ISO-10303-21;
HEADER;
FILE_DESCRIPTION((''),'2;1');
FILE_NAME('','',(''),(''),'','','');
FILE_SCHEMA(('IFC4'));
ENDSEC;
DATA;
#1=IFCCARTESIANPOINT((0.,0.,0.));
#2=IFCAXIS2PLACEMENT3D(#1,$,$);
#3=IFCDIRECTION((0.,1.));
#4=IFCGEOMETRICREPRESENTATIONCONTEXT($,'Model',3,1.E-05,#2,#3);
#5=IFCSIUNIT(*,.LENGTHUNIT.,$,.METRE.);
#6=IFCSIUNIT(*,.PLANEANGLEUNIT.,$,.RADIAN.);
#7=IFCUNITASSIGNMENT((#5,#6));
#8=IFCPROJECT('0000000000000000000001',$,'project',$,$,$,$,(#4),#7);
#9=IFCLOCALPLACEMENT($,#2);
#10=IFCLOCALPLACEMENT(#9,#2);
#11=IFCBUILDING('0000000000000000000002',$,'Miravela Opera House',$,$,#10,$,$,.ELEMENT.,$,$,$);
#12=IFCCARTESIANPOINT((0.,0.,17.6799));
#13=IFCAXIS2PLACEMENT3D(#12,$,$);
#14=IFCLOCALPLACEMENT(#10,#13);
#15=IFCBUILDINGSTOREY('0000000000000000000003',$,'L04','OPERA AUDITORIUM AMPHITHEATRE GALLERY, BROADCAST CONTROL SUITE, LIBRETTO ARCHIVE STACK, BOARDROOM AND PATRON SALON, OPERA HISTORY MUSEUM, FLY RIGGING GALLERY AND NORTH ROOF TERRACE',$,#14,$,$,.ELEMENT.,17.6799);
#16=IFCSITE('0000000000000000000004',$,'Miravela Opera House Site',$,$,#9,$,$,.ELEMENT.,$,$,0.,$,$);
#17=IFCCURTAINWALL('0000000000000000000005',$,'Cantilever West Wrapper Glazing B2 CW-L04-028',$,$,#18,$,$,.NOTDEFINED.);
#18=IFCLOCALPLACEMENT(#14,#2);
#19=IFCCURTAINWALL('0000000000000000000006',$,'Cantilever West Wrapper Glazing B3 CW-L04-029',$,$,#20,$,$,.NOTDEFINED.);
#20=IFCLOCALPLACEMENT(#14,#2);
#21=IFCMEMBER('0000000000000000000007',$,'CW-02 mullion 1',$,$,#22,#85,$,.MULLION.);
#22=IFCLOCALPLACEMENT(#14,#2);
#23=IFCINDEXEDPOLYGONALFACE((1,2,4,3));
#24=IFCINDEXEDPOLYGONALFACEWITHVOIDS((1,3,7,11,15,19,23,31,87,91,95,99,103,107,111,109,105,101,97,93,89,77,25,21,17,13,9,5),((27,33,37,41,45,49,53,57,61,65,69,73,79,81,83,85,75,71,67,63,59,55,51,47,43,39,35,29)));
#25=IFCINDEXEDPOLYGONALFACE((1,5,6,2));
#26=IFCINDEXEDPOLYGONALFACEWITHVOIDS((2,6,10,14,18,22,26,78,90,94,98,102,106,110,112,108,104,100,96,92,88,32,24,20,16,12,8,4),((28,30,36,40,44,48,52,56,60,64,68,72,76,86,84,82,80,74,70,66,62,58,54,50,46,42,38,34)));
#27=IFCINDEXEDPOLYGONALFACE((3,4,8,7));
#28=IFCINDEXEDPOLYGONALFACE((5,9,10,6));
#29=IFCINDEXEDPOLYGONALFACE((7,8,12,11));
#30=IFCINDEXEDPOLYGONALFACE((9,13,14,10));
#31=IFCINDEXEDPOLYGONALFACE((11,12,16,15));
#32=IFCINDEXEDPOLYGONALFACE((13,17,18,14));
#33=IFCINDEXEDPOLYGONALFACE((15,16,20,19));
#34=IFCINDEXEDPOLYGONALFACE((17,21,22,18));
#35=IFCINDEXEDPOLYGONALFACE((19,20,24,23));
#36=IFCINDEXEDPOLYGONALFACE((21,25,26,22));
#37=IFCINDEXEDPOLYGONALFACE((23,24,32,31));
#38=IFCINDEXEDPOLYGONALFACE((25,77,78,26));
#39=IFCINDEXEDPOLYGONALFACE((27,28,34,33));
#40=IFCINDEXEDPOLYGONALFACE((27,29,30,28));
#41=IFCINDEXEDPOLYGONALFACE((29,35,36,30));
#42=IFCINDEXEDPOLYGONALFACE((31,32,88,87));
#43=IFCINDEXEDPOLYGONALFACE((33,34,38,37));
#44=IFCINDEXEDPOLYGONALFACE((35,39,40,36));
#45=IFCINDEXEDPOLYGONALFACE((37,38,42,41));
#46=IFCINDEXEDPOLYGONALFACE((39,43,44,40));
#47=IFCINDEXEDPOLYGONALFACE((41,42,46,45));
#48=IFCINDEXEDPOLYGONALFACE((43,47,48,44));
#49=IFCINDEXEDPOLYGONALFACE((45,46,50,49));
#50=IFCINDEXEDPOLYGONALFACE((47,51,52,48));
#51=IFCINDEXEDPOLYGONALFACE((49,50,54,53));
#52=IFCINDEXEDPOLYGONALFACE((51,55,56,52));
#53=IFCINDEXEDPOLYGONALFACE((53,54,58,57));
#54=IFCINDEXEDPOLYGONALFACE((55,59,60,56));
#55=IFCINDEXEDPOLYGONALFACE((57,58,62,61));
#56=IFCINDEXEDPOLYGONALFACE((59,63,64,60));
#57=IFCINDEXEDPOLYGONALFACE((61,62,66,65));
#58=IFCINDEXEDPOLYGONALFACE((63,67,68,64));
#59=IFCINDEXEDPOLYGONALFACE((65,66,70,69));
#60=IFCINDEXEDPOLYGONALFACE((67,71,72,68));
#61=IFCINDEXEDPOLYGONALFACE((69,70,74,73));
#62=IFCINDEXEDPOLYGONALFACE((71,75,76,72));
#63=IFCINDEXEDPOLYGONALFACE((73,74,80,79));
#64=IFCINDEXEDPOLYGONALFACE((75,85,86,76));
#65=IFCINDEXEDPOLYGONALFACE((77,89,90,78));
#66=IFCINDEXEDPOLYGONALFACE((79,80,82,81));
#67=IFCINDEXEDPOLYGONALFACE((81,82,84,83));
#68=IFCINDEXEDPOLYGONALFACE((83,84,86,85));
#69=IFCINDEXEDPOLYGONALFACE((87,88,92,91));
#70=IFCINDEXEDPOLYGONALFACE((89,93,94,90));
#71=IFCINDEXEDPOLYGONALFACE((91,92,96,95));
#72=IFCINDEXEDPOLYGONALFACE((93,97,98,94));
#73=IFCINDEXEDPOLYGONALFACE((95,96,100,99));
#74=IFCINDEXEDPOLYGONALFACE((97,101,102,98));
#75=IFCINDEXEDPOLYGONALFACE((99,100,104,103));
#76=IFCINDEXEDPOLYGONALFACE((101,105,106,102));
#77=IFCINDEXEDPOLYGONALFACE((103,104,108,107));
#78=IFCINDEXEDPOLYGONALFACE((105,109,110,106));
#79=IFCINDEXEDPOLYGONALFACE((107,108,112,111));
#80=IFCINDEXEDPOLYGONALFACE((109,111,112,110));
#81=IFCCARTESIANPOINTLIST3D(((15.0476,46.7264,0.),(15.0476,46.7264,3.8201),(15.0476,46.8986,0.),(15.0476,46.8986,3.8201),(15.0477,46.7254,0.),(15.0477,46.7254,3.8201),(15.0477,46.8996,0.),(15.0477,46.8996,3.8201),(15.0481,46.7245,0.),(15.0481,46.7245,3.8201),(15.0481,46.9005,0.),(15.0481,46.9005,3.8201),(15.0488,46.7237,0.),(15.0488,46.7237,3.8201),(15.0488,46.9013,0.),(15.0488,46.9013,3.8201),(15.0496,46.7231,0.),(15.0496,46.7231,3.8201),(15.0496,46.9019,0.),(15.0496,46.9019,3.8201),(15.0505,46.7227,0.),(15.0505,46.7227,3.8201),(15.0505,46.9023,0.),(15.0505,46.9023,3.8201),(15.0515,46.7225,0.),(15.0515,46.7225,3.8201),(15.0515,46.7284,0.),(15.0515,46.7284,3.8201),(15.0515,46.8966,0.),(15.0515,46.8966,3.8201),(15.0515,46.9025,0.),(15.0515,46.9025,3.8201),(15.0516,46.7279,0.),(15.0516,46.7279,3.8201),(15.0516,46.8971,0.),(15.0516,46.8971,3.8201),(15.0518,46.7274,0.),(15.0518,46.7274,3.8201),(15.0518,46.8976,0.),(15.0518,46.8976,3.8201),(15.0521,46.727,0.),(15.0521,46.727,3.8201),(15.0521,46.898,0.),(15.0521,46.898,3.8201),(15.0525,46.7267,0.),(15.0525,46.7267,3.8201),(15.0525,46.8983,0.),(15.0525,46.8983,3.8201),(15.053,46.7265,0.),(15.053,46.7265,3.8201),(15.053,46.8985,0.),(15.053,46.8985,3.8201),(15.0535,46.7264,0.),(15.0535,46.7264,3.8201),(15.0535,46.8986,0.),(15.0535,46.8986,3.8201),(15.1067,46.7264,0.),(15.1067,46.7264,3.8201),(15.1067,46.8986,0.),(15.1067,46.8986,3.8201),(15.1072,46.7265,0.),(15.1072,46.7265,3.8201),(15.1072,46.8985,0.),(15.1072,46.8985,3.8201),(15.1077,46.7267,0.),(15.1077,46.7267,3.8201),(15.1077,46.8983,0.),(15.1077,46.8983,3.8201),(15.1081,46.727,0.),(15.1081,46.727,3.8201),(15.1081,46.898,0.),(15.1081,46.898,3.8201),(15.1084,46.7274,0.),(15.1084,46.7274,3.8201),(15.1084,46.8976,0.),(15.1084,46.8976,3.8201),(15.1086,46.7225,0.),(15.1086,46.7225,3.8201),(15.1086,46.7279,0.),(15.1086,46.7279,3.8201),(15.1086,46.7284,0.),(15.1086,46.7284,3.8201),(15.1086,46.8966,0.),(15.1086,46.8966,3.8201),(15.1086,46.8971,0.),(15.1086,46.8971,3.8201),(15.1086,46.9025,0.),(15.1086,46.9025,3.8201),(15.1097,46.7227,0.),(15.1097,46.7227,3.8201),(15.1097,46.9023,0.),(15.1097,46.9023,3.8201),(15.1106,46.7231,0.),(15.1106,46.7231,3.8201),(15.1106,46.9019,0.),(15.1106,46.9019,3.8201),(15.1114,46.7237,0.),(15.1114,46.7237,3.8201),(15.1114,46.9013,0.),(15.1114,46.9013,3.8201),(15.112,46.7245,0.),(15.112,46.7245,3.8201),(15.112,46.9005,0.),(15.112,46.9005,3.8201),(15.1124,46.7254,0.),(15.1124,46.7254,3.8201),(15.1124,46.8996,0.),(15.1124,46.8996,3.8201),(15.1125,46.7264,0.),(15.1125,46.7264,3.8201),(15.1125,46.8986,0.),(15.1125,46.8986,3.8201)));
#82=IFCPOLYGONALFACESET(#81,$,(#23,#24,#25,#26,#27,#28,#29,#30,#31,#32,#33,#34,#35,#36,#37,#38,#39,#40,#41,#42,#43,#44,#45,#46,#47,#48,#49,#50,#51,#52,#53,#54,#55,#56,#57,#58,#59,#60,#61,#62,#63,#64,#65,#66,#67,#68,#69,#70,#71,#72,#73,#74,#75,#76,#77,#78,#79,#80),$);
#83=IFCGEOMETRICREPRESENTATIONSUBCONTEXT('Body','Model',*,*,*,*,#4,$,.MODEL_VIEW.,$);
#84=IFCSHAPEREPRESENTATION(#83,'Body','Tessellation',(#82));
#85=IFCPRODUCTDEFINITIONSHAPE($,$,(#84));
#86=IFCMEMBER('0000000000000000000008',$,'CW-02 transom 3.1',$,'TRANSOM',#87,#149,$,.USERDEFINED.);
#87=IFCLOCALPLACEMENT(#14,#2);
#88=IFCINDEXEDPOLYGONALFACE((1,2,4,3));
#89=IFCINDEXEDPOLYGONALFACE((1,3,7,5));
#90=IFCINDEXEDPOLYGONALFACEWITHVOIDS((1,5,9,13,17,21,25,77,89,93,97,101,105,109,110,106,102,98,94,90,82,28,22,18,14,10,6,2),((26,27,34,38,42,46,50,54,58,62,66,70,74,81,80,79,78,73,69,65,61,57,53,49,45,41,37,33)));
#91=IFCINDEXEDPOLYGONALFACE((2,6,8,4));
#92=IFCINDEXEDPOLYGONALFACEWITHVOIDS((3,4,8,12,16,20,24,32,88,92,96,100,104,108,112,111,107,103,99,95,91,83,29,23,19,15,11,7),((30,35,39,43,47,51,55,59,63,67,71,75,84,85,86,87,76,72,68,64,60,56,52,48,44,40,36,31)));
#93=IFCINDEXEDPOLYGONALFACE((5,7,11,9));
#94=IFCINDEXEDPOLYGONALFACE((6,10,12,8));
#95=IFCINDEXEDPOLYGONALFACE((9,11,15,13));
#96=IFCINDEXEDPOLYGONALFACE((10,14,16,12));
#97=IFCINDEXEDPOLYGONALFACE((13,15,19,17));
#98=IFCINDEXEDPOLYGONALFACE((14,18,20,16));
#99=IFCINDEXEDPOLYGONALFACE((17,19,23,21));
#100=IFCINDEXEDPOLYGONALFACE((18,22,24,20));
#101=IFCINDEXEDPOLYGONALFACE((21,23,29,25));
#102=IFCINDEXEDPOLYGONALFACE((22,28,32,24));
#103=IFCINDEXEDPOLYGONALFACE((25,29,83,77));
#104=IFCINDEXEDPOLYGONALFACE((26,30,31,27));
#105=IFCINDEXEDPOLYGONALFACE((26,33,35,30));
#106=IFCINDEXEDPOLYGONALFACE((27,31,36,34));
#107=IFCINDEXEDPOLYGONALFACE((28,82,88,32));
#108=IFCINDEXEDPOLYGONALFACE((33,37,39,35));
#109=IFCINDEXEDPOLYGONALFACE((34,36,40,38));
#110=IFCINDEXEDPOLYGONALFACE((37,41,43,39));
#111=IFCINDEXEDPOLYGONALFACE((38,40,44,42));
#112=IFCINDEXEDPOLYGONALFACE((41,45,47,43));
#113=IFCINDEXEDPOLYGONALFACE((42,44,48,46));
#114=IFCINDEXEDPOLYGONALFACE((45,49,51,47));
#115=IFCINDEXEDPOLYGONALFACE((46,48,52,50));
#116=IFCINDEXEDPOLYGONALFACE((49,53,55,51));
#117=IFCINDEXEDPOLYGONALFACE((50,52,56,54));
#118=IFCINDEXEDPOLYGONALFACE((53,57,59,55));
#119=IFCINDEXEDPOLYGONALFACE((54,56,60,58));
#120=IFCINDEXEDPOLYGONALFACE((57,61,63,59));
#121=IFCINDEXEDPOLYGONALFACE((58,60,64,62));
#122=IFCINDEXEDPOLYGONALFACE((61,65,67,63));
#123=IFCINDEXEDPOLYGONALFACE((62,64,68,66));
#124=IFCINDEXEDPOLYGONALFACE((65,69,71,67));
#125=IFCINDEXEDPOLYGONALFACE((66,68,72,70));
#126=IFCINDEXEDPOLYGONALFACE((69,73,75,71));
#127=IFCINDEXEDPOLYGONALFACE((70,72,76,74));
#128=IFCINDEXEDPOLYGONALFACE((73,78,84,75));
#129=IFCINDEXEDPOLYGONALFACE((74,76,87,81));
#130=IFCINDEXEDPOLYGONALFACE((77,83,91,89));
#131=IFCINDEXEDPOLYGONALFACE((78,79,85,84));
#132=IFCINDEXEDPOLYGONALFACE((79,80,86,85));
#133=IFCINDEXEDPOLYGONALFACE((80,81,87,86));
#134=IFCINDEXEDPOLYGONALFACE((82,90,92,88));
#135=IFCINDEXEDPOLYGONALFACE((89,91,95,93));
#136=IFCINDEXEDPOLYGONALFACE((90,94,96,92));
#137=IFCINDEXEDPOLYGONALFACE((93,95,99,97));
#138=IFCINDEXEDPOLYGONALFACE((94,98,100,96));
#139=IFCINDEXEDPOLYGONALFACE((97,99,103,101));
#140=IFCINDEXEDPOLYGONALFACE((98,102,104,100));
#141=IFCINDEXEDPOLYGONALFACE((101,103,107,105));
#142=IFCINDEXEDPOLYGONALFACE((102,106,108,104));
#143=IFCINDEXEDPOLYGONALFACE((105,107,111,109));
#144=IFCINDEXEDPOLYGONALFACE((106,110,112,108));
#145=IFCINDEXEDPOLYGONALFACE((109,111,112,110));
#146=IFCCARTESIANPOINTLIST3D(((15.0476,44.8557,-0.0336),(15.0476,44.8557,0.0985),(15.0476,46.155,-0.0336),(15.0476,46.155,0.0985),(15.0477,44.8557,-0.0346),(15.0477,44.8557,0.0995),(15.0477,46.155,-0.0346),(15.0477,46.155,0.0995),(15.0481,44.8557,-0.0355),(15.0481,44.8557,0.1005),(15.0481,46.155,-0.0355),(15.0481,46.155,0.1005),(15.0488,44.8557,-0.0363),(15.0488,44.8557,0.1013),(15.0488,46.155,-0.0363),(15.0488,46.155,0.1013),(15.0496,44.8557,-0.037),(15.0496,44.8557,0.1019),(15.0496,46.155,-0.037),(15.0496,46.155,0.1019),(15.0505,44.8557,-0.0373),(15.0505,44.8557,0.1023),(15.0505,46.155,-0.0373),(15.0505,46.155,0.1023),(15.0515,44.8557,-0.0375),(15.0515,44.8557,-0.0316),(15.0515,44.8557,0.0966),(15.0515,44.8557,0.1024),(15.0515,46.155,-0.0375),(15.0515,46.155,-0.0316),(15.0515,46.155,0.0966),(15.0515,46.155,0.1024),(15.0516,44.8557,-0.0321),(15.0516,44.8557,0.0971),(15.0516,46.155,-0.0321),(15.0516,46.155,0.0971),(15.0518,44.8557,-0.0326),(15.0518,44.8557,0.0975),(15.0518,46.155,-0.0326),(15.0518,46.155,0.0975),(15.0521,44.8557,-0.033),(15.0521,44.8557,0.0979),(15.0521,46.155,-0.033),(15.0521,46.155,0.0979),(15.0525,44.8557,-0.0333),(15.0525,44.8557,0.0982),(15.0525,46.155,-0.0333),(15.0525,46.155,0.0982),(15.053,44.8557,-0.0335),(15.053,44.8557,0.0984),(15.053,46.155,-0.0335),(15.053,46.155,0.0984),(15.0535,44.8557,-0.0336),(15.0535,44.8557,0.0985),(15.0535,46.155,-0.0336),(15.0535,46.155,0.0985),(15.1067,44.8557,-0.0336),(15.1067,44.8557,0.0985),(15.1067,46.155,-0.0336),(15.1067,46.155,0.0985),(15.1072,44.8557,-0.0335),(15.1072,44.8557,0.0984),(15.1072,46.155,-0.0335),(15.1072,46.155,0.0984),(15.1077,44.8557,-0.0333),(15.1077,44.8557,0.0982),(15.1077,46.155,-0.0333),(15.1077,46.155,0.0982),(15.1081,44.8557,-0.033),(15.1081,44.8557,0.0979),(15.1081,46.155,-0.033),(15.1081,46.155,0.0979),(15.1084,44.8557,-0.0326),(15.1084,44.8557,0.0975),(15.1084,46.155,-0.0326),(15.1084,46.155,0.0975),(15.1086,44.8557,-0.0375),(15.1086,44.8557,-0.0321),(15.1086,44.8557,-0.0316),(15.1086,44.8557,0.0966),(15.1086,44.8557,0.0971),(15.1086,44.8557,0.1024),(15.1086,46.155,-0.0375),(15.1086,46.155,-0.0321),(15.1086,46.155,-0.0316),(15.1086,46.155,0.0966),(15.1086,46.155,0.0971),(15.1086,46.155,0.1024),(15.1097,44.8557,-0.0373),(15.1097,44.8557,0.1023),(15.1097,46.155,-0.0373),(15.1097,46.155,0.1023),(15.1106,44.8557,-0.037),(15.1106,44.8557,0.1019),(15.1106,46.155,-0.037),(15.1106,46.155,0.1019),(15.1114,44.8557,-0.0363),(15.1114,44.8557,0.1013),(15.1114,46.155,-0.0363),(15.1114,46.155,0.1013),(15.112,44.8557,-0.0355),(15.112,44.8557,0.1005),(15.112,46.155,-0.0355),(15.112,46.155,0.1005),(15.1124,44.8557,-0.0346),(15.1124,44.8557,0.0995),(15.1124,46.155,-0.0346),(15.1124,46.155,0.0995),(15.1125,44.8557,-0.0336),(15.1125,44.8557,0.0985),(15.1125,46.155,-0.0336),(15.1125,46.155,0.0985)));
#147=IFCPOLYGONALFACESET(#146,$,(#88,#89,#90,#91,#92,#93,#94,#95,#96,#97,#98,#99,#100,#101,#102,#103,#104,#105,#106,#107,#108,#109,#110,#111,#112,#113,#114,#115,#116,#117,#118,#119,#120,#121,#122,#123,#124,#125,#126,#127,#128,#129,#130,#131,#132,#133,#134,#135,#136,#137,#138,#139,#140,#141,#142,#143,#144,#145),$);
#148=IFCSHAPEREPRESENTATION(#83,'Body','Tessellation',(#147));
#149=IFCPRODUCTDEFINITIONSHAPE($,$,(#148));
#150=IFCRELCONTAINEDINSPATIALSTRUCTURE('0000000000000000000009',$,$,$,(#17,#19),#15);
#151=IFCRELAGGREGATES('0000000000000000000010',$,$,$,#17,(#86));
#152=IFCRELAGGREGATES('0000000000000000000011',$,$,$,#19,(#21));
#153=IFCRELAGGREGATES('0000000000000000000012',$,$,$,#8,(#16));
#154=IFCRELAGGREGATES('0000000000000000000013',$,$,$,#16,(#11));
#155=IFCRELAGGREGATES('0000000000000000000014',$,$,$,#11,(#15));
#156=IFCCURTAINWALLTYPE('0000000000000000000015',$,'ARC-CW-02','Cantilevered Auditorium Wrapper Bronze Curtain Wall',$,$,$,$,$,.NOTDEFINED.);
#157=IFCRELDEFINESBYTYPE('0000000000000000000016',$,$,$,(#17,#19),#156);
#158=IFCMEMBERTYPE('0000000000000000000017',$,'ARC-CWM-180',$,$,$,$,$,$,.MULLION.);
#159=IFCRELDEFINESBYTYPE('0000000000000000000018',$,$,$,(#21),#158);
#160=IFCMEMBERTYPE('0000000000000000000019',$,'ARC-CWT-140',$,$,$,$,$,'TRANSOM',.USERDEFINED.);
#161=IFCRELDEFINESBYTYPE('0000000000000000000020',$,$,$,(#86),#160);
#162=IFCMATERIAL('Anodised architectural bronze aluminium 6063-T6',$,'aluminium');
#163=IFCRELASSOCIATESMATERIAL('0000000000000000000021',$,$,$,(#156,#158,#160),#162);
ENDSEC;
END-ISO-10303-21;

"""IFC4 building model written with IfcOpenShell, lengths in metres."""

from ifc_helpers import new_model, si_unit, direction, frame, origin, origin_2d, place, context, subcontext, project, spatial, hollow_rectangle, extrude, material, material_profile, profile_set, type_object, element, aggregate, save


model = new_model("IFC4")

# Units and contexts
model_context = context("Model", 3, precision=1e-05, world=origin(), true_north=direction((0.0, 1.0)))
body_context = subcontext(model_context, "Body", "Model", "MODEL_VIEW")
ifc_project = project(units=[si_unit("LENGTHUNIT", "METRE"), si_unit("PLANEANGLEUNIT", "RADIAN")], contexts=[model_context])

# Site, building, storey
site_placement = place(None, origin())
site = spatial("IfcSite", under=ifc_project, at=site_placement, Name="Miravela Opera House Site", CompositionType="ELEMENT", RefElevation=0.0)
building_placement = place(site_placement, origin())
building = spatial("IfcBuilding", under=site, at=building_placement, Name="Miravela Opera House", CompositionType="ELEMENT")
storey_placement = place(building_placement, frame((0.0, 0.0, 17.6799)))
storey = spatial("IfcBuildingStorey", under=building, at=storey_placement, Name="L04", Description="OPERA AUDITORIUM AMPHITHEATRE GALLERY, BROADCAST CONTROL SUITE, LIBRETTO ARCHIVE STACK, BOARDROOM AND PATRON SALON, OPERA HISTORY MUSEUM, FLY RIGGING GALLERY AND NORTH ROOF TERRACE", CompositionType="ELEMENT", Elevation=17.6799)

# Curtain wall
ifc_material_1 = material(Name="Anodised architectural bronze aluminium 6063-T6", Category="aluminium")
curtain_wall_type = type_object("IfcCurtainWallType", Name="ARC-CW-02", Description="Cantilevered Auditorium Wrapper Bronze Curtain Wall", PredefinedType="NOTDEFINED", material=ifc_material_1)
curtain_wall_1_placement = place(storey_placement, origin())
curtain_wall_1 = element("IfcCurtainWall", 1, at=curtain_wall_1_placement, inside=storey, type_object=curtain_wall_type, Name="Cantilever West Wrapper Glazing B2 CW-L04-028", PredefinedType="NOTDEFINED")
ifc_material_profile_1 = material_profile(ifc_material_1, hollow_rectangle(XDim=0.0649, YDim=0.1799, WallThickness=0.0039, InnerFilletRadius=0.002, OuterFilletRadius=0.0039, at=origin_2d()), Name="CWM-65X180")
ifc_profile_set_1 = profile_set([ifc_material_profile_1])
member_type_1 = type_object("IfcMemberType", Name="ARC-CWM-180", PredefinedType="MULLION", material=ifc_profile_set_1)

# Curtain wall, member
curtain_wall_2_placement = place(storey_placement, origin())
curtain_wall_2 = element("IfcCurtainWall", 2, at=curtain_wall_2_placement, inside=storey, type_object=curtain_wall_type, Name="Cantilever West Wrapper Glazing B3 CW-L04-029", PredefinedType="NOTDEFINED")
member_1_placement = place(storey_placement, frame((15.0801, 46.8125, 0.0), z_axis=(0.0, 0.0, 1.0), x_axis=(-1.0, 0.0, 0.0)))
member_1 = element("IfcMember", 3, at=member_1_placement, type_object=member_type_1, Name="CW-02 mullion 1", PredefinedType="MULLION", context=body_context, shape_type="SweptSolid", body=[
    extrude(hollow_rectangle(XDim=0.0649, YDim=0.1799, WallThickness=0.0039, InnerFilletRadius=0.002, OuterFilletRadius=0.0039, at=origin_2d()), origin(), (0.0, 0.0, 1.0), 3.8201),
])

# Member
ifc_material_profile_2 = material_profile(ifc_material_1, hollow_rectangle(XDim=0.0649, YDim=0.1399, WallThickness=0.0039, InnerFilletRadius=0.002, OuterFilletRadius=0.0039, at=origin_2d()), Name="CWT-65X140")
ifc_profile_set_2 = profile_set([ifc_material_profile_2])
member_type_2 = type_object("IfcMemberType", Name="ARC-CWT-140", ElementType="TRANSOM", PredefinedType="USERDEFINED", material=ifc_profile_set_2)
member_2_placement = place(storey_placement, frame((15.0801, 44.8557, 0.0325), z_axis=(0.0, 1.0, 0.0), x_axis=(-1.0, 0.0, 0.0)))
member_2 = element("IfcMember", 4, at=member_2_placement, type_object=member_type_2, Name="CW-02 transom 3.1", ObjectType="TRANSOM", PredefinedType="USERDEFINED", context=body_context, shape_type="SweptSolid", body=[
    extrude(hollow_rectangle(XDim=0.0649, YDim=0.1399, WallThickness=0.0039, InnerFilletRadius=0.002, OuterFilletRadius=0.0039, at=origin_2d()), origin(), (0.0, 0.0, 1.0), 1.2993),
])

aggregate(curtain_wall_1, [member_2])
aggregate(curtain_wall_2, [member_1])

save(model, "model.ifc")
